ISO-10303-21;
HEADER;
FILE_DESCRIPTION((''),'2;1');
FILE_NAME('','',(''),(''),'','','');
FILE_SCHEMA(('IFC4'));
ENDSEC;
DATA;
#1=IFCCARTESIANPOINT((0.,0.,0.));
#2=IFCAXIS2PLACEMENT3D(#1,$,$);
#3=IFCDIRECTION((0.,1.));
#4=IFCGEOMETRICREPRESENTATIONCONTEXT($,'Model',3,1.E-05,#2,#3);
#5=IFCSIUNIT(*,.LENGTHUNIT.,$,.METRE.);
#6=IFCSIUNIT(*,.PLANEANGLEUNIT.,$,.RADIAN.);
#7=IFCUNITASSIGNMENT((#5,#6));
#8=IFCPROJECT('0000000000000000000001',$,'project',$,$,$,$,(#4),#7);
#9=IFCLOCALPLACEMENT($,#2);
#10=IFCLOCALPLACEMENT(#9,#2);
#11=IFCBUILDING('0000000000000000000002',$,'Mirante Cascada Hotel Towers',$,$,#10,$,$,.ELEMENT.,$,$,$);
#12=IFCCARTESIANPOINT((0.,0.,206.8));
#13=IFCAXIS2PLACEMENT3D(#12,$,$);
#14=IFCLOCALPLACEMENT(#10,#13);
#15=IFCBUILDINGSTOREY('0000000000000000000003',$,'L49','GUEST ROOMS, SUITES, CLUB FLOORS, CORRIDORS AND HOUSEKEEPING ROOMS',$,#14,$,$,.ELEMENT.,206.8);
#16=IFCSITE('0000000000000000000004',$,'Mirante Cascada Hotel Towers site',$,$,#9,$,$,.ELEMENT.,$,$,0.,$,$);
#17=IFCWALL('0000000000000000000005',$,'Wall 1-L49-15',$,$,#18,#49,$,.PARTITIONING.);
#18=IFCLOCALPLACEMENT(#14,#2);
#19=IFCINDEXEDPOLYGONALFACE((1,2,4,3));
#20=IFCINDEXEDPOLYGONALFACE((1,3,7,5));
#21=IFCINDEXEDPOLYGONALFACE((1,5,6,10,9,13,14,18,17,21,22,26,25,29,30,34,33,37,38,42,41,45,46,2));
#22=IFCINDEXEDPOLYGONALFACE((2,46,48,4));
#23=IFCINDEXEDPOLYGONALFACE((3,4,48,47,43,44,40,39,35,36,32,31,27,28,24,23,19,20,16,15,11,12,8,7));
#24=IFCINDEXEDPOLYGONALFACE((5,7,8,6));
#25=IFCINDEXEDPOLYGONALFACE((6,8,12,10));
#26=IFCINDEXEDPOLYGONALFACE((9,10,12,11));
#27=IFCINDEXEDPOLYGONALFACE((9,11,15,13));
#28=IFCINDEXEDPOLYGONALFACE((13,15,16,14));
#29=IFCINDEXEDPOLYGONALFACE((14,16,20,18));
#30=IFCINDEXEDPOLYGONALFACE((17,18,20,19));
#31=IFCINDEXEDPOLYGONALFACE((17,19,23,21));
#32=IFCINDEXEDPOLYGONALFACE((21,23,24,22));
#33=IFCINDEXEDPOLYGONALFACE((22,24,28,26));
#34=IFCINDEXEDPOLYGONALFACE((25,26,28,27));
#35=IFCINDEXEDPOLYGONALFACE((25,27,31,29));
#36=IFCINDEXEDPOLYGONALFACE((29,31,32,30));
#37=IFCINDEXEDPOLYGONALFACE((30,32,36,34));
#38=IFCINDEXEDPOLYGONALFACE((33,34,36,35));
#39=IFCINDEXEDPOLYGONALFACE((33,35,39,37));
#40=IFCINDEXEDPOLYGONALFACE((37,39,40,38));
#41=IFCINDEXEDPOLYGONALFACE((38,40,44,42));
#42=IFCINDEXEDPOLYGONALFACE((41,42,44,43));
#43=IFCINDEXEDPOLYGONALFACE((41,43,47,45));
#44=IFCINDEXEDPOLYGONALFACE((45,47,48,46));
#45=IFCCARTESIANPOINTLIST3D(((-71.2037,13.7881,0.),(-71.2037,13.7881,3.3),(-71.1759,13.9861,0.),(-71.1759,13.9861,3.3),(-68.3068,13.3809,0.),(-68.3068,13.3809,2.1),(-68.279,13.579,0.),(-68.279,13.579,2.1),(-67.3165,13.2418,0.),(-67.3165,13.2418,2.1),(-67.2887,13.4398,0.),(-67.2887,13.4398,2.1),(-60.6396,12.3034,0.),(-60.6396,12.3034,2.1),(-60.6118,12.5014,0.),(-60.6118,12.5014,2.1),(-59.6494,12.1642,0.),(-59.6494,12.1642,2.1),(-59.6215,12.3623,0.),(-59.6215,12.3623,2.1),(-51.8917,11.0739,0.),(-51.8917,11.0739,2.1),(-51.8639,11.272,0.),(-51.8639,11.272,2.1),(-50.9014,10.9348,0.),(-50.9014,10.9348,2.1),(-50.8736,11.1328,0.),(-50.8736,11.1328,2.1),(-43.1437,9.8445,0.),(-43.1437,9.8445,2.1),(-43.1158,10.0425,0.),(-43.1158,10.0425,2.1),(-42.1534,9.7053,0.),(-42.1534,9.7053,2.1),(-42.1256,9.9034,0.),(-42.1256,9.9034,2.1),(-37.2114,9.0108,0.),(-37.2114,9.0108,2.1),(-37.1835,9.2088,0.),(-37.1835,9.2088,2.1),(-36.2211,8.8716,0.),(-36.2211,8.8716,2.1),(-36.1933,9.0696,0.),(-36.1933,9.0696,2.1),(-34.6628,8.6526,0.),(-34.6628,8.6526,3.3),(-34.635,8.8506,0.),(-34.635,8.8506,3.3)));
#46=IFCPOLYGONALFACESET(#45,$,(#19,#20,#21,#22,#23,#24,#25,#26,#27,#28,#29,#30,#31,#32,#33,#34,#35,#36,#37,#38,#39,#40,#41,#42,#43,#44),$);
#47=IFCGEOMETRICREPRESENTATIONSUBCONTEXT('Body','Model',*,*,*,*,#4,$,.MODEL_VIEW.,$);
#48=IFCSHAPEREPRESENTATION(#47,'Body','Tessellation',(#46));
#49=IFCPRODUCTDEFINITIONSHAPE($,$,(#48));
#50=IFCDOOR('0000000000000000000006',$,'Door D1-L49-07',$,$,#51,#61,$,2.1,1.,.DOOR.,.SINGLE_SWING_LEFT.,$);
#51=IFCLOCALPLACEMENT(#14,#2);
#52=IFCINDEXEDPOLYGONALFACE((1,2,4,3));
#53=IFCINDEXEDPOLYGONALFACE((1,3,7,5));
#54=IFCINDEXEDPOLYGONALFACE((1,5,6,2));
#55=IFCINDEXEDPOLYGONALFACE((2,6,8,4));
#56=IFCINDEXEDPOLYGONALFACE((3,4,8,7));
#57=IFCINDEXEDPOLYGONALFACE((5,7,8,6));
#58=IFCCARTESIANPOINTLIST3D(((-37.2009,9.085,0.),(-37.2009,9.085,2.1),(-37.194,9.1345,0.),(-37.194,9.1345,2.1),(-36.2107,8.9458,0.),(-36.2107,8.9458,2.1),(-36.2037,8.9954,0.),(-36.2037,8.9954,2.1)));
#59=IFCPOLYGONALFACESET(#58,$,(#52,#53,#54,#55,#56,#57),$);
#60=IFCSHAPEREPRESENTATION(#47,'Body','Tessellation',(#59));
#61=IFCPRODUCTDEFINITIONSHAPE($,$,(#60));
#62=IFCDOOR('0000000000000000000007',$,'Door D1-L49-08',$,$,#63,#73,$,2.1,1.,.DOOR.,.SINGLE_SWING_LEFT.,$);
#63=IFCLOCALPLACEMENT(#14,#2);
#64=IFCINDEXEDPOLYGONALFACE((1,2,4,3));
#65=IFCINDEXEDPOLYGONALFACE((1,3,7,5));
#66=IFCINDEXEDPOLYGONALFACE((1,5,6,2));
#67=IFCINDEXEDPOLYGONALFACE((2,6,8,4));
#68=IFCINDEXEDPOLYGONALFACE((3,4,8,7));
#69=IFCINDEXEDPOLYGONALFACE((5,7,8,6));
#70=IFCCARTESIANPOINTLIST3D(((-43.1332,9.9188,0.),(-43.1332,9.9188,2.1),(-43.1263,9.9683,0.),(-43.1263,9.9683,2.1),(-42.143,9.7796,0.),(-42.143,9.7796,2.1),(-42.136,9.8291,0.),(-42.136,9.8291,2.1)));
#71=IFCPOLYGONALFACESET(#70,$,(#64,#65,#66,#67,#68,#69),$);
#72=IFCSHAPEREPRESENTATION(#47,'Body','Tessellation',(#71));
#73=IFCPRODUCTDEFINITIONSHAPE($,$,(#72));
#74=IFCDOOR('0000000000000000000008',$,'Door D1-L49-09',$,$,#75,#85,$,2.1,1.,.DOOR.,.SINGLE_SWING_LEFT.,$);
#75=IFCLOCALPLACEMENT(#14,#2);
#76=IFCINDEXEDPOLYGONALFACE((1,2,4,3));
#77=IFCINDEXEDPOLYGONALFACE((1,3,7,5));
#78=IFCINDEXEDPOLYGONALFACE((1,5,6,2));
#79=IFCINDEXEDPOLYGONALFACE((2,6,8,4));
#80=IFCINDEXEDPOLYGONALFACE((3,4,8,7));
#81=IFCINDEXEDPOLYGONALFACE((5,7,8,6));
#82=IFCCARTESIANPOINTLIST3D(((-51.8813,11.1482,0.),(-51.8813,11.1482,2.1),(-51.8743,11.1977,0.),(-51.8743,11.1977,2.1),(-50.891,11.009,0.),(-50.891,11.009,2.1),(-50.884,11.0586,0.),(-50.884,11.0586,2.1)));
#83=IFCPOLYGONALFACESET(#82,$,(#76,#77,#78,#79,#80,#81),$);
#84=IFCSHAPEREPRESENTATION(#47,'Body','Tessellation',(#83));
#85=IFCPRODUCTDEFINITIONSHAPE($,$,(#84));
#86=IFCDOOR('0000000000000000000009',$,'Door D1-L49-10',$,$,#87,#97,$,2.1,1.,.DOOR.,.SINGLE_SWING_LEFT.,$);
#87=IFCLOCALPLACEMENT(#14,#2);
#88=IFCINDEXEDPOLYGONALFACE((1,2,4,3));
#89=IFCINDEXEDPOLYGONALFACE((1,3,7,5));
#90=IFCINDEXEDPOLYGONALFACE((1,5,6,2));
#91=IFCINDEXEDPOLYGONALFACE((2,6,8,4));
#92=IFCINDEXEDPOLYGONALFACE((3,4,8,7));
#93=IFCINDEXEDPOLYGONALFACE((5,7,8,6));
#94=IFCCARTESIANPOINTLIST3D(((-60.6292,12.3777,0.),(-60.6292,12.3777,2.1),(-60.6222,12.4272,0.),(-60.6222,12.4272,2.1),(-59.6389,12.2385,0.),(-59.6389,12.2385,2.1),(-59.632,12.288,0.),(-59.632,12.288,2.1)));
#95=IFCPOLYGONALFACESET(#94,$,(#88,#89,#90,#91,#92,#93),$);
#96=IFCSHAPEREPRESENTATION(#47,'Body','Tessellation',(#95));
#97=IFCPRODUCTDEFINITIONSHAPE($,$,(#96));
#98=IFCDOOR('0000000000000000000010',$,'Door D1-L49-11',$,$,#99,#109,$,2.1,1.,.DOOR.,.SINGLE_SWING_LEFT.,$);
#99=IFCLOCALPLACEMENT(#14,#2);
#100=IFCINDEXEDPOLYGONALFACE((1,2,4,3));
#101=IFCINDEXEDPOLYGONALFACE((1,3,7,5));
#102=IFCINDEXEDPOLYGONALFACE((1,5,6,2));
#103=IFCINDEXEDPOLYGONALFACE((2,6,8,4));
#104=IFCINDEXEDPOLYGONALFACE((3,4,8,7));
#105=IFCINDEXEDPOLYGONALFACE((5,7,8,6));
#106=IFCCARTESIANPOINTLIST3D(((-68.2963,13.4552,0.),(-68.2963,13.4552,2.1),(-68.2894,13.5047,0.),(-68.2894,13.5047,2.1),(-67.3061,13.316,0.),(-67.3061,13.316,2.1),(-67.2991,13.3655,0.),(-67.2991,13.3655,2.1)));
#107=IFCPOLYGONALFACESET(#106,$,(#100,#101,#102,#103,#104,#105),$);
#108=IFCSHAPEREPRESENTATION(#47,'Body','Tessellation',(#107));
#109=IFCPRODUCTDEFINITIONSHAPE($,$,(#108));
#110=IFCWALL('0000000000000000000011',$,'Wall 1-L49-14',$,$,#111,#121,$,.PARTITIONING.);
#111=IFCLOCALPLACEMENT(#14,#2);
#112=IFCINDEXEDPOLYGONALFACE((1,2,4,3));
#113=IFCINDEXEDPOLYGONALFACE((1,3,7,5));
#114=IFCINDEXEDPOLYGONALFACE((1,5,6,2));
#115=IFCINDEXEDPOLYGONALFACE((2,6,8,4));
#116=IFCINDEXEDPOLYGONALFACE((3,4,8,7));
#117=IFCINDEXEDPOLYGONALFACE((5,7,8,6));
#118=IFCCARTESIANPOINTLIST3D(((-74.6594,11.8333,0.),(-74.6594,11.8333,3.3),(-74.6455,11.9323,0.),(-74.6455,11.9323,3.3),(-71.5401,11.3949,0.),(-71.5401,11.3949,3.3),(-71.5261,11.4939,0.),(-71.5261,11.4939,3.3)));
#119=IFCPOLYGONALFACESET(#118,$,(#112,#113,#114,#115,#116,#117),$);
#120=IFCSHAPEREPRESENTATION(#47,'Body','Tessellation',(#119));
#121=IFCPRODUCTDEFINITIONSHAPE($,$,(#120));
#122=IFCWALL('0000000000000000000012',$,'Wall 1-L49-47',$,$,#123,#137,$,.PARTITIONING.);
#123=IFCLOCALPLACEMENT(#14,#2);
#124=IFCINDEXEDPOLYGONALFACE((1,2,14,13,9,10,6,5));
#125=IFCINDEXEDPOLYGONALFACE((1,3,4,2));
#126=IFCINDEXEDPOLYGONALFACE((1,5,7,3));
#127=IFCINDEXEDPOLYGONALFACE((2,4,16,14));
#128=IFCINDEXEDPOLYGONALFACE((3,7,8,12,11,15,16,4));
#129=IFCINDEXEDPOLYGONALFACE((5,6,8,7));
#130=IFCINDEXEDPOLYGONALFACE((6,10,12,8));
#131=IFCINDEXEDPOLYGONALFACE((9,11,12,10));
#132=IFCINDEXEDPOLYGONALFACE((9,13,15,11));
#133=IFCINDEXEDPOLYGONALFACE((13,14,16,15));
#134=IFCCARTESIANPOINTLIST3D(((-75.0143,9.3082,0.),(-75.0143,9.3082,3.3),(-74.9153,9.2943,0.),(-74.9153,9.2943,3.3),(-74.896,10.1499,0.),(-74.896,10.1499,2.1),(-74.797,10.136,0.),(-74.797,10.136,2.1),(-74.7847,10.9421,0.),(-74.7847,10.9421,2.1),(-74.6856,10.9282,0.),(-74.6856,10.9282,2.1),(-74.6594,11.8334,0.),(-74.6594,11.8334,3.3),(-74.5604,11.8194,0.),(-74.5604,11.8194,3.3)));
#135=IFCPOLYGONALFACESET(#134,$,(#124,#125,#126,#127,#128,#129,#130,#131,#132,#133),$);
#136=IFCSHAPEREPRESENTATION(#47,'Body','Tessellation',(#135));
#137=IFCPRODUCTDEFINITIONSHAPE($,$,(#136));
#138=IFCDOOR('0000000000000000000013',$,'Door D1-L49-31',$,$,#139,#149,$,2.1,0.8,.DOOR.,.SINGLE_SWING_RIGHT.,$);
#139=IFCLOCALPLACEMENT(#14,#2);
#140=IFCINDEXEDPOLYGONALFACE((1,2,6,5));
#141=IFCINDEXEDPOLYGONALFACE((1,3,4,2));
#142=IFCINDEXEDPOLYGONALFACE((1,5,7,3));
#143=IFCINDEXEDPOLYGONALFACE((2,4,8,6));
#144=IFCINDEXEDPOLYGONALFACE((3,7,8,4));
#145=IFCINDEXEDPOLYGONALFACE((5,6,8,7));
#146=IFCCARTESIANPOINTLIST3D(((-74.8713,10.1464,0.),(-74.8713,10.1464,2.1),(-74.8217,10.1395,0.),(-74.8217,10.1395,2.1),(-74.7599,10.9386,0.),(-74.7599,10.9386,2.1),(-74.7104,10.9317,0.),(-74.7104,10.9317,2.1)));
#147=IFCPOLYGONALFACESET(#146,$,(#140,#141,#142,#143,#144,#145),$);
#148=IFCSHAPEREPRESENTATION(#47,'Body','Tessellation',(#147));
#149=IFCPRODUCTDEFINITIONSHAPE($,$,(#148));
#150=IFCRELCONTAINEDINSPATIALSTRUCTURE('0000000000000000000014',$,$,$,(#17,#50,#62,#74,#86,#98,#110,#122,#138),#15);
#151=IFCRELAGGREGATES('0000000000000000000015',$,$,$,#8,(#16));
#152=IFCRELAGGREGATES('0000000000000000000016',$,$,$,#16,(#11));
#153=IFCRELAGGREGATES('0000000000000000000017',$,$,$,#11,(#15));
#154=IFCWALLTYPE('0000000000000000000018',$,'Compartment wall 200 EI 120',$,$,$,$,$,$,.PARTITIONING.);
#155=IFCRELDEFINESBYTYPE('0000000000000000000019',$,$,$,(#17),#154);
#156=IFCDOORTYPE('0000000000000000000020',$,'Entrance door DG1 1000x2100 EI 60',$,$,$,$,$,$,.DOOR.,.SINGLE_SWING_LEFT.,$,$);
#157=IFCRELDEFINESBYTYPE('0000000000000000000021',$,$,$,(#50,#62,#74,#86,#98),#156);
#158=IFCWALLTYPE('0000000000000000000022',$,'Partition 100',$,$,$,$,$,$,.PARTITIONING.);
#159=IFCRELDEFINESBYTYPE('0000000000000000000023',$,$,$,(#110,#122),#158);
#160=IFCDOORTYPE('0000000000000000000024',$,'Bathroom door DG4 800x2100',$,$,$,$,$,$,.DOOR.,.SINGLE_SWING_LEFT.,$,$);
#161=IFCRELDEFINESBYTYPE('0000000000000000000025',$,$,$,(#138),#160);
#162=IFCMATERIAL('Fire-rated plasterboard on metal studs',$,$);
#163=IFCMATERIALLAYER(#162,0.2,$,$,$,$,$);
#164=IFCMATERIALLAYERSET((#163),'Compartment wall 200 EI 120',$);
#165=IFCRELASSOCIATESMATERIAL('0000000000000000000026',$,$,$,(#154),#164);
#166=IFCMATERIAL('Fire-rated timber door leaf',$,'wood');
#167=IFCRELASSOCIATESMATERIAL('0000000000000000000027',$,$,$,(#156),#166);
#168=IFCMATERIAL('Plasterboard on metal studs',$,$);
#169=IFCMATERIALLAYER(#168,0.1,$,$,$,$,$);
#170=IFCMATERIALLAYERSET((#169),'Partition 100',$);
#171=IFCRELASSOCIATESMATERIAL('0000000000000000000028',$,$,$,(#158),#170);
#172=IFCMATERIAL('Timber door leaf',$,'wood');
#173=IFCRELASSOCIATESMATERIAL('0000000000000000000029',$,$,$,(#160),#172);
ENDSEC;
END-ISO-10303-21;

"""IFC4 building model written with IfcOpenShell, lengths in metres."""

from ifc_helpers import new_model, si_unit, direction, frame, frame_2d, origin, place, context, subcontext, project, spatial, rectangle, extrude, material, layer, layer_set, type_object, element, fill, save


model = new_model("IFC4")

# Units and contexts
model_context = context("Model", 3, precision=1e-05, world=origin(), true_north=direction((0.0, 1.0)))
body_context = subcontext(model_context, "Body", "Model", "MODEL_VIEW")
ifc_project = project(units=[si_unit("LENGTHUNIT", "METRE"), si_unit("PLANEANGLEUNIT", "RADIAN")], contexts=[model_context])

# Site, building, storey
site_placement = place(None, origin())
site = spatial("IfcSite", under=ifc_project, at=site_placement, Name="Mirante Cascada Hotel Towers site", CompositionType="ELEMENT", RefElevation=0.0)
building_placement = place(site_placement, origin())
building = spatial("IfcBuilding", under=site, at=building_placement, Name="Mirante Cascada Hotel Towers", CompositionType="ELEMENT")
storey_placement = place(building_placement, frame((0.0, 0.0, 206.8)))
storey = spatial("IfcBuildingStorey", under=building, at=storey_placement, Name="L49", Description="GUEST ROOMS, SUITES, CLUB FLOORS, CORRIDORS AND HOUSEKEEPING ROOMS", CompositionType="ELEMENT", Elevation=206.8)

# Shared definitions
ifc_material_1 = material(Name="Fire-rated plasterboard on metal studs")
ifc_layer_1 = layer(ifc_material_1, 0.2)
ifc_layer_set_1 = layer_set([ifc_layer_1], Name="Compartment wall 200 EI 120")
wall_type_1 = type_object("IfcWallType", Name="Compartment wall 200 EI 120", PredefinedType="PARTITIONING", material=ifc_layer_set_1)

# Wall, openings, doors
wall_1_placement = place(storey_placement, frame((-71.1898, 13.8871, 0.0), z_axis=(0.0, 0.0, 1.0), x_axis=(0.990268, -0.139173, 0.0)))
wall_1 = element("IfcWall", 1, at=wall_1_placement, inside=storey, type_object=wall_type_1, Name="Wall 1-L49-15", PredefinedType="PARTITIONING", context=body_context, shape_type="SweptSolid", body=[
    extrude(rectangle(XDim=36.9, YDim=0.2, at=frame_2d((18.45, 0.0))), origin(), (0.0, 0.0, 1.0), 3.3),
])
opening_1_placement = place(wall_1_placement, frame((34.3264, 0.0, 0.0)))
opening_1 = element("IfcOpeningElement", 2, at=opening_1_placement, cuts=wall_1, PredefinedType="OPENING", context=body_context, shape_type="SweptSolid", body=[
    extrude(rectangle(XDim=1.0, YDim=2.1, at=frame_2d((0.5, 1.05))), frame((0.0, 0.1, 0.0), z_axis=(0.0, -1.0, 0.0), x_axis=(1.0, 0.0, 0.0)), (0.0, 0.0, 1.0), 0.2),
])
opening_2_placement = place(wall_1_placement, frame((28.3358, 0.0, 0.0)))
opening_2 = element("IfcOpeningElement", 3, at=opening_2_placement, cuts=wall_1, PredefinedType="OPENING", context=body_context, shape_type="SweptSolid", body=[
    extrude(rectangle(XDim=1.0, YDim=2.1, at=frame_2d((0.5, 1.05))), frame((0.0, 0.1, 0.0), z_axis=(0.0, -1.0, 0.0), x_axis=(1.0, 0.0, 0.0)), (0.0, 0.0, 1.0), 0.2),
])
opening_3_placement = place(wall_1_placement, frame((19.5018, 0.0, 0.0)))
opening_3 = element("IfcOpeningElement", 4, at=opening_3_placement, cuts=wall_1, PredefinedType="OPENING", context=body_context, shape_type="SweptSolid", body=[
    extrude(rectangle(XDim=1.0, YDim=2.1, at=frame_2d((0.5, 1.05))), frame((0.0, 0.1, 0.0), z_axis=(0.0, -1.0, 0.0), x_axis=(1.0, 0.0, 0.0)), (0.0, 0.0, 1.0), 0.2),
])
opening_4_placement = place(wall_1_placement, frame((10.6679, 0.0, 0.0)))
opening_4 = element("IfcOpeningElement", 5, at=opening_4_placement, cuts=wall_1, PredefinedType="OPENING", context=body_context, shape_type="SweptSolid", body=[
    extrude(rectangle(XDim=1.0, YDim=2.1, at=frame_2d((0.5, 1.05))), frame((0.0, 0.1, 0.0), z_axis=(0.0, -1.0, 0.0), x_axis=(1.0, 0.0, 0.0)), (0.0, 0.0, 1.0), 0.2),
])
opening_5_placement = place(wall_1_placement, frame((2.9254, 0.0, 0.0)))
opening_5 = element("IfcOpeningElement", 6, at=opening_5_placement, cuts=wall_1, PredefinedType="OPENING", context=body_context, shape_type="SweptSolid", body=[
    extrude(rectangle(XDim=1.0, YDim=2.1, at=frame_2d((0.5, 1.05))), frame((0.0, 0.1, 0.0), z_axis=(0.0, -1.0, 0.0), x_axis=(1.0, 0.0, 0.0)), (0.0, 0.0, 1.0), 0.2),
])
ifc_material_2 = material(Name="Fire-rated timber door leaf", Category="wood")
door_type_1 = type_object("IfcDoorType", Name="Entrance door DG1 1000x2100 EI 60", OperationType="SINGLE_SWING_LEFT", PredefinedType="DOOR", material=ifc_material_2)
door_1_placement = place(opening_1_placement, origin())
door_1 = element("IfcDoor", 7, at=door_1_placement, inside=storey, type_object=door_type_1, Name="Door D1-L49-07", OperationType="SINGLE_SWING_LEFT", OverallHeight=2.1, OverallWidth=1.0, PredefinedType="DOOR", context=body_context, shape_type="SweptSolid", body=[
    extrude(rectangle(XDim=1.0, YDim=2.1, at=frame_2d((0.5, 1.05))), frame((0.0, 0.025, 0.0), z_axis=(0.0, -1.0, 0.0), x_axis=(1.0, 0.0, 0.0)), (0.0, 0.0, 1.0), 0.05),
])
fill(opening_1, door_1)
door_2_placement = place(opening_2_placement, origin())
door_2 = element("IfcDoor", 8, at=door_2_placement, inside=storey, type_object=door_type_1, Name="Door D1-L49-08", OperationType="SINGLE_SWING_LEFT", OverallHeight=2.1, OverallWidth=1.0, PredefinedType="DOOR", context=body_context, shape_type="SweptSolid", body=[
    extrude(rectangle(XDim=1.0, YDim=2.1, at=frame_2d((0.5, 1.05))), frame((0.0, 0.025, 0.0), z_axis=(0.0, -1.0, 0.0), x_axis=(1.0, 0.0, 0.0)), (0.0, 0.0, 1.0), 0.05),
])
fill(opening_2, door_2)
door_3_placement = place(opening_3_placement, origin())
door_3 = element("IfcDoor", 9, at=door_3_placement, inside=storey, type_object=door_type_1, Name="Door D1-L49-09", OperationType="SINGLE_SWING_LEFT", OverallHeight=2.1, OverallWidth=1.0, PredefinedType="DOOR", context=body_context, shape_type="SweptSolid", body=[
    extrude(rectangle(XDim=1.0, YDim=2.1, at=frame_2d((0.5, 1.05))), frame((0.0, 0.025, 0.0), z_axis=(0.0, -1.0, 0.0), x_axis=(1.0, 0.0, 0.0)), (0.0, 0.0, 1.0), 0.05),
])
fill(opening_3, door_3)
door_4_placement = place(opening_4_placement, origin())
door_4 = element("IfcDoor", 10, at=door_4_placement, inside=storey, type_object=door_type_1, Name="Door D1-L49-10", OperationType="SINGLE_SWING_LEFT", OverallHeight=2.1, OverallWidth=1.0, PredefinedType="DOOR", context=body_context, shape_type="SweptSolid", body=[
    extrude(rectangle(XDim=1.0, YDim=2.1, at=frame_2d((0.5, 1.05))), frame((0.0, 0.025, 0.0), z_axis=(0.0, -1.0, 0.0), x_axis=(1.0, 0.0, 0.0)), (0.0, 0.0, 1.0), 0.05),
])
fill(opening_4, door_4)
door_5_placement = place(opening_5_placement, origin())
door_5 = element("IfcDoor", 11, at=door_5_placement, inside=storey, type_object=door_type_1, Name="Door D1-L49-11", OperationType="SINGLE_SWING_LEFT", OverallHeight=2.1, OverallWidth=1.0, PredefinedType="DOOR", context=body_context, shape_type="SweptSolid", body=[
    extrude(rectangle(XDim=1.0, YDim=2.1, at=frame_2d((0.5, 1.05))), frame((0.0, 0.025, 0.0), z_axis=(0.0, -1.0, 0.0), x_axis=(1.0, 0.0, 0.0)), (0.0, 0.0, 1.0), 0.05),
])
fill(opening_5, door_5)

# Wall
ifc_material_3 = material(Name="Plasterboard on metal studs")
ifc_layer_2 = layer(ifc_material_3, 0.1)
ifc_layer_set_2 = layer_set([ifc_layer_2], Name="Partition 100")
wall_type_2 = type_object("IfcWallType", Name="Partition 100", PredefinedType="PARTITIONING", material=ifc_layer_set_2)
wall_2_placement = place(storey_placement, frame((-71.5331, 11.4444, 0.0), z_axis=(0.0, 0.0, 1.0), x_axis=(-0.990268, 0.139177, 0.0)))
element("IfcWall", 12, at=wall_2_placement, inside=storey, type_object=wall_type_2, Name="Wall 1-L49-14", PredefinedType="PARTITIONING", context=body_context, shape_type="SweptSolid", body=[
    extrude(rectangle(XDim=3.15, YDim=0.1, at=frame_2d((1.575, 0.0))), origin(), (0.0, 0.0, 1.0), 3.3),
])

# Wall, opening, door
wall_3_placement = place(storey_placement, frame((-74.6099, 11.8264, 0.0), z_axis=(0.0, 0.0, 1.0), x_axis=(-0.139176, -0.990268, 0.0)))
wall_3 = element("IfcWall", 13, at=wall_3_placement, inside=storey, type_object=wall_type_2, Name="Wall 1-L49-47", PredefinedType="PARTITIONING", context=body_context, shape_type="SweptSolid", body=[
    extrude(rectangle(XDim=2.55, YDim=0.1, at=frame_2d((1.275, 0.0))), origin(), (0.0, 0.0, 1.0), 3.3),
])
opening_6_placement = place(wall_3_placement, frame((0.9, 0.0, 0.0)))
opening_6 = element("IfcOpeningElement", 14, at=opening_6_placement, cuts=wall_3, PredefinedType="OPENING", context=body_context, shape_type="SweptSolid", body=[
    extrude(rectangle(XDim=0.8, YDim=2.1, at=frame_2d((0.4, 1.05))), frame((0.0, 0.05, 0.0), z_axis=(0.0, -1.0, 0.0), x_axis=(1.0, 0.0, 0.0)), (0.0, 0.0, 1.0), 0.1),
])
ifc_material_4 = material(Name="Timber door leaf", Category="wood")
door_type_2 = type_object("IfcDoorType", Name="Bathroom door DG4 800x2100", OperationType="SINGLE_SWING_LEFT", PredefinedType="DOOR", material=ifc_material_4)
door_6_placement = place(opening_6_placement, frame((0.8, 0.0, 0.0), z_axis=(0.0, 0.0, 1.0), x_axis=(-1.0, 0.0, 0.0)))
door_6 = element("IfcDoor", 15, at=door_6_placement, inside=storey, type_object=door_type_2, Name="Door D1-L49-31", OperationType="SINGLE_SWING_RIGHT", OverallHeight=2.1, OverallWidth=0.8, PredefinedType="DOOR", context=body_context, shape_type="SweptSolid", body=[
    extrude(rectangle(XDim=0.8, YDim=2.1, at=frame_2d((0.4, 1.05))), frame((0.0, 0.025, 0.0), z_axis=(0.0, -1.0, 0.0), x_axis=(1.0, 0.0, 0.0)), (0.0, 0.0, 1.0), 0.05),
])
fill(opening_6, door_6)

save(model, "model.ifc")
